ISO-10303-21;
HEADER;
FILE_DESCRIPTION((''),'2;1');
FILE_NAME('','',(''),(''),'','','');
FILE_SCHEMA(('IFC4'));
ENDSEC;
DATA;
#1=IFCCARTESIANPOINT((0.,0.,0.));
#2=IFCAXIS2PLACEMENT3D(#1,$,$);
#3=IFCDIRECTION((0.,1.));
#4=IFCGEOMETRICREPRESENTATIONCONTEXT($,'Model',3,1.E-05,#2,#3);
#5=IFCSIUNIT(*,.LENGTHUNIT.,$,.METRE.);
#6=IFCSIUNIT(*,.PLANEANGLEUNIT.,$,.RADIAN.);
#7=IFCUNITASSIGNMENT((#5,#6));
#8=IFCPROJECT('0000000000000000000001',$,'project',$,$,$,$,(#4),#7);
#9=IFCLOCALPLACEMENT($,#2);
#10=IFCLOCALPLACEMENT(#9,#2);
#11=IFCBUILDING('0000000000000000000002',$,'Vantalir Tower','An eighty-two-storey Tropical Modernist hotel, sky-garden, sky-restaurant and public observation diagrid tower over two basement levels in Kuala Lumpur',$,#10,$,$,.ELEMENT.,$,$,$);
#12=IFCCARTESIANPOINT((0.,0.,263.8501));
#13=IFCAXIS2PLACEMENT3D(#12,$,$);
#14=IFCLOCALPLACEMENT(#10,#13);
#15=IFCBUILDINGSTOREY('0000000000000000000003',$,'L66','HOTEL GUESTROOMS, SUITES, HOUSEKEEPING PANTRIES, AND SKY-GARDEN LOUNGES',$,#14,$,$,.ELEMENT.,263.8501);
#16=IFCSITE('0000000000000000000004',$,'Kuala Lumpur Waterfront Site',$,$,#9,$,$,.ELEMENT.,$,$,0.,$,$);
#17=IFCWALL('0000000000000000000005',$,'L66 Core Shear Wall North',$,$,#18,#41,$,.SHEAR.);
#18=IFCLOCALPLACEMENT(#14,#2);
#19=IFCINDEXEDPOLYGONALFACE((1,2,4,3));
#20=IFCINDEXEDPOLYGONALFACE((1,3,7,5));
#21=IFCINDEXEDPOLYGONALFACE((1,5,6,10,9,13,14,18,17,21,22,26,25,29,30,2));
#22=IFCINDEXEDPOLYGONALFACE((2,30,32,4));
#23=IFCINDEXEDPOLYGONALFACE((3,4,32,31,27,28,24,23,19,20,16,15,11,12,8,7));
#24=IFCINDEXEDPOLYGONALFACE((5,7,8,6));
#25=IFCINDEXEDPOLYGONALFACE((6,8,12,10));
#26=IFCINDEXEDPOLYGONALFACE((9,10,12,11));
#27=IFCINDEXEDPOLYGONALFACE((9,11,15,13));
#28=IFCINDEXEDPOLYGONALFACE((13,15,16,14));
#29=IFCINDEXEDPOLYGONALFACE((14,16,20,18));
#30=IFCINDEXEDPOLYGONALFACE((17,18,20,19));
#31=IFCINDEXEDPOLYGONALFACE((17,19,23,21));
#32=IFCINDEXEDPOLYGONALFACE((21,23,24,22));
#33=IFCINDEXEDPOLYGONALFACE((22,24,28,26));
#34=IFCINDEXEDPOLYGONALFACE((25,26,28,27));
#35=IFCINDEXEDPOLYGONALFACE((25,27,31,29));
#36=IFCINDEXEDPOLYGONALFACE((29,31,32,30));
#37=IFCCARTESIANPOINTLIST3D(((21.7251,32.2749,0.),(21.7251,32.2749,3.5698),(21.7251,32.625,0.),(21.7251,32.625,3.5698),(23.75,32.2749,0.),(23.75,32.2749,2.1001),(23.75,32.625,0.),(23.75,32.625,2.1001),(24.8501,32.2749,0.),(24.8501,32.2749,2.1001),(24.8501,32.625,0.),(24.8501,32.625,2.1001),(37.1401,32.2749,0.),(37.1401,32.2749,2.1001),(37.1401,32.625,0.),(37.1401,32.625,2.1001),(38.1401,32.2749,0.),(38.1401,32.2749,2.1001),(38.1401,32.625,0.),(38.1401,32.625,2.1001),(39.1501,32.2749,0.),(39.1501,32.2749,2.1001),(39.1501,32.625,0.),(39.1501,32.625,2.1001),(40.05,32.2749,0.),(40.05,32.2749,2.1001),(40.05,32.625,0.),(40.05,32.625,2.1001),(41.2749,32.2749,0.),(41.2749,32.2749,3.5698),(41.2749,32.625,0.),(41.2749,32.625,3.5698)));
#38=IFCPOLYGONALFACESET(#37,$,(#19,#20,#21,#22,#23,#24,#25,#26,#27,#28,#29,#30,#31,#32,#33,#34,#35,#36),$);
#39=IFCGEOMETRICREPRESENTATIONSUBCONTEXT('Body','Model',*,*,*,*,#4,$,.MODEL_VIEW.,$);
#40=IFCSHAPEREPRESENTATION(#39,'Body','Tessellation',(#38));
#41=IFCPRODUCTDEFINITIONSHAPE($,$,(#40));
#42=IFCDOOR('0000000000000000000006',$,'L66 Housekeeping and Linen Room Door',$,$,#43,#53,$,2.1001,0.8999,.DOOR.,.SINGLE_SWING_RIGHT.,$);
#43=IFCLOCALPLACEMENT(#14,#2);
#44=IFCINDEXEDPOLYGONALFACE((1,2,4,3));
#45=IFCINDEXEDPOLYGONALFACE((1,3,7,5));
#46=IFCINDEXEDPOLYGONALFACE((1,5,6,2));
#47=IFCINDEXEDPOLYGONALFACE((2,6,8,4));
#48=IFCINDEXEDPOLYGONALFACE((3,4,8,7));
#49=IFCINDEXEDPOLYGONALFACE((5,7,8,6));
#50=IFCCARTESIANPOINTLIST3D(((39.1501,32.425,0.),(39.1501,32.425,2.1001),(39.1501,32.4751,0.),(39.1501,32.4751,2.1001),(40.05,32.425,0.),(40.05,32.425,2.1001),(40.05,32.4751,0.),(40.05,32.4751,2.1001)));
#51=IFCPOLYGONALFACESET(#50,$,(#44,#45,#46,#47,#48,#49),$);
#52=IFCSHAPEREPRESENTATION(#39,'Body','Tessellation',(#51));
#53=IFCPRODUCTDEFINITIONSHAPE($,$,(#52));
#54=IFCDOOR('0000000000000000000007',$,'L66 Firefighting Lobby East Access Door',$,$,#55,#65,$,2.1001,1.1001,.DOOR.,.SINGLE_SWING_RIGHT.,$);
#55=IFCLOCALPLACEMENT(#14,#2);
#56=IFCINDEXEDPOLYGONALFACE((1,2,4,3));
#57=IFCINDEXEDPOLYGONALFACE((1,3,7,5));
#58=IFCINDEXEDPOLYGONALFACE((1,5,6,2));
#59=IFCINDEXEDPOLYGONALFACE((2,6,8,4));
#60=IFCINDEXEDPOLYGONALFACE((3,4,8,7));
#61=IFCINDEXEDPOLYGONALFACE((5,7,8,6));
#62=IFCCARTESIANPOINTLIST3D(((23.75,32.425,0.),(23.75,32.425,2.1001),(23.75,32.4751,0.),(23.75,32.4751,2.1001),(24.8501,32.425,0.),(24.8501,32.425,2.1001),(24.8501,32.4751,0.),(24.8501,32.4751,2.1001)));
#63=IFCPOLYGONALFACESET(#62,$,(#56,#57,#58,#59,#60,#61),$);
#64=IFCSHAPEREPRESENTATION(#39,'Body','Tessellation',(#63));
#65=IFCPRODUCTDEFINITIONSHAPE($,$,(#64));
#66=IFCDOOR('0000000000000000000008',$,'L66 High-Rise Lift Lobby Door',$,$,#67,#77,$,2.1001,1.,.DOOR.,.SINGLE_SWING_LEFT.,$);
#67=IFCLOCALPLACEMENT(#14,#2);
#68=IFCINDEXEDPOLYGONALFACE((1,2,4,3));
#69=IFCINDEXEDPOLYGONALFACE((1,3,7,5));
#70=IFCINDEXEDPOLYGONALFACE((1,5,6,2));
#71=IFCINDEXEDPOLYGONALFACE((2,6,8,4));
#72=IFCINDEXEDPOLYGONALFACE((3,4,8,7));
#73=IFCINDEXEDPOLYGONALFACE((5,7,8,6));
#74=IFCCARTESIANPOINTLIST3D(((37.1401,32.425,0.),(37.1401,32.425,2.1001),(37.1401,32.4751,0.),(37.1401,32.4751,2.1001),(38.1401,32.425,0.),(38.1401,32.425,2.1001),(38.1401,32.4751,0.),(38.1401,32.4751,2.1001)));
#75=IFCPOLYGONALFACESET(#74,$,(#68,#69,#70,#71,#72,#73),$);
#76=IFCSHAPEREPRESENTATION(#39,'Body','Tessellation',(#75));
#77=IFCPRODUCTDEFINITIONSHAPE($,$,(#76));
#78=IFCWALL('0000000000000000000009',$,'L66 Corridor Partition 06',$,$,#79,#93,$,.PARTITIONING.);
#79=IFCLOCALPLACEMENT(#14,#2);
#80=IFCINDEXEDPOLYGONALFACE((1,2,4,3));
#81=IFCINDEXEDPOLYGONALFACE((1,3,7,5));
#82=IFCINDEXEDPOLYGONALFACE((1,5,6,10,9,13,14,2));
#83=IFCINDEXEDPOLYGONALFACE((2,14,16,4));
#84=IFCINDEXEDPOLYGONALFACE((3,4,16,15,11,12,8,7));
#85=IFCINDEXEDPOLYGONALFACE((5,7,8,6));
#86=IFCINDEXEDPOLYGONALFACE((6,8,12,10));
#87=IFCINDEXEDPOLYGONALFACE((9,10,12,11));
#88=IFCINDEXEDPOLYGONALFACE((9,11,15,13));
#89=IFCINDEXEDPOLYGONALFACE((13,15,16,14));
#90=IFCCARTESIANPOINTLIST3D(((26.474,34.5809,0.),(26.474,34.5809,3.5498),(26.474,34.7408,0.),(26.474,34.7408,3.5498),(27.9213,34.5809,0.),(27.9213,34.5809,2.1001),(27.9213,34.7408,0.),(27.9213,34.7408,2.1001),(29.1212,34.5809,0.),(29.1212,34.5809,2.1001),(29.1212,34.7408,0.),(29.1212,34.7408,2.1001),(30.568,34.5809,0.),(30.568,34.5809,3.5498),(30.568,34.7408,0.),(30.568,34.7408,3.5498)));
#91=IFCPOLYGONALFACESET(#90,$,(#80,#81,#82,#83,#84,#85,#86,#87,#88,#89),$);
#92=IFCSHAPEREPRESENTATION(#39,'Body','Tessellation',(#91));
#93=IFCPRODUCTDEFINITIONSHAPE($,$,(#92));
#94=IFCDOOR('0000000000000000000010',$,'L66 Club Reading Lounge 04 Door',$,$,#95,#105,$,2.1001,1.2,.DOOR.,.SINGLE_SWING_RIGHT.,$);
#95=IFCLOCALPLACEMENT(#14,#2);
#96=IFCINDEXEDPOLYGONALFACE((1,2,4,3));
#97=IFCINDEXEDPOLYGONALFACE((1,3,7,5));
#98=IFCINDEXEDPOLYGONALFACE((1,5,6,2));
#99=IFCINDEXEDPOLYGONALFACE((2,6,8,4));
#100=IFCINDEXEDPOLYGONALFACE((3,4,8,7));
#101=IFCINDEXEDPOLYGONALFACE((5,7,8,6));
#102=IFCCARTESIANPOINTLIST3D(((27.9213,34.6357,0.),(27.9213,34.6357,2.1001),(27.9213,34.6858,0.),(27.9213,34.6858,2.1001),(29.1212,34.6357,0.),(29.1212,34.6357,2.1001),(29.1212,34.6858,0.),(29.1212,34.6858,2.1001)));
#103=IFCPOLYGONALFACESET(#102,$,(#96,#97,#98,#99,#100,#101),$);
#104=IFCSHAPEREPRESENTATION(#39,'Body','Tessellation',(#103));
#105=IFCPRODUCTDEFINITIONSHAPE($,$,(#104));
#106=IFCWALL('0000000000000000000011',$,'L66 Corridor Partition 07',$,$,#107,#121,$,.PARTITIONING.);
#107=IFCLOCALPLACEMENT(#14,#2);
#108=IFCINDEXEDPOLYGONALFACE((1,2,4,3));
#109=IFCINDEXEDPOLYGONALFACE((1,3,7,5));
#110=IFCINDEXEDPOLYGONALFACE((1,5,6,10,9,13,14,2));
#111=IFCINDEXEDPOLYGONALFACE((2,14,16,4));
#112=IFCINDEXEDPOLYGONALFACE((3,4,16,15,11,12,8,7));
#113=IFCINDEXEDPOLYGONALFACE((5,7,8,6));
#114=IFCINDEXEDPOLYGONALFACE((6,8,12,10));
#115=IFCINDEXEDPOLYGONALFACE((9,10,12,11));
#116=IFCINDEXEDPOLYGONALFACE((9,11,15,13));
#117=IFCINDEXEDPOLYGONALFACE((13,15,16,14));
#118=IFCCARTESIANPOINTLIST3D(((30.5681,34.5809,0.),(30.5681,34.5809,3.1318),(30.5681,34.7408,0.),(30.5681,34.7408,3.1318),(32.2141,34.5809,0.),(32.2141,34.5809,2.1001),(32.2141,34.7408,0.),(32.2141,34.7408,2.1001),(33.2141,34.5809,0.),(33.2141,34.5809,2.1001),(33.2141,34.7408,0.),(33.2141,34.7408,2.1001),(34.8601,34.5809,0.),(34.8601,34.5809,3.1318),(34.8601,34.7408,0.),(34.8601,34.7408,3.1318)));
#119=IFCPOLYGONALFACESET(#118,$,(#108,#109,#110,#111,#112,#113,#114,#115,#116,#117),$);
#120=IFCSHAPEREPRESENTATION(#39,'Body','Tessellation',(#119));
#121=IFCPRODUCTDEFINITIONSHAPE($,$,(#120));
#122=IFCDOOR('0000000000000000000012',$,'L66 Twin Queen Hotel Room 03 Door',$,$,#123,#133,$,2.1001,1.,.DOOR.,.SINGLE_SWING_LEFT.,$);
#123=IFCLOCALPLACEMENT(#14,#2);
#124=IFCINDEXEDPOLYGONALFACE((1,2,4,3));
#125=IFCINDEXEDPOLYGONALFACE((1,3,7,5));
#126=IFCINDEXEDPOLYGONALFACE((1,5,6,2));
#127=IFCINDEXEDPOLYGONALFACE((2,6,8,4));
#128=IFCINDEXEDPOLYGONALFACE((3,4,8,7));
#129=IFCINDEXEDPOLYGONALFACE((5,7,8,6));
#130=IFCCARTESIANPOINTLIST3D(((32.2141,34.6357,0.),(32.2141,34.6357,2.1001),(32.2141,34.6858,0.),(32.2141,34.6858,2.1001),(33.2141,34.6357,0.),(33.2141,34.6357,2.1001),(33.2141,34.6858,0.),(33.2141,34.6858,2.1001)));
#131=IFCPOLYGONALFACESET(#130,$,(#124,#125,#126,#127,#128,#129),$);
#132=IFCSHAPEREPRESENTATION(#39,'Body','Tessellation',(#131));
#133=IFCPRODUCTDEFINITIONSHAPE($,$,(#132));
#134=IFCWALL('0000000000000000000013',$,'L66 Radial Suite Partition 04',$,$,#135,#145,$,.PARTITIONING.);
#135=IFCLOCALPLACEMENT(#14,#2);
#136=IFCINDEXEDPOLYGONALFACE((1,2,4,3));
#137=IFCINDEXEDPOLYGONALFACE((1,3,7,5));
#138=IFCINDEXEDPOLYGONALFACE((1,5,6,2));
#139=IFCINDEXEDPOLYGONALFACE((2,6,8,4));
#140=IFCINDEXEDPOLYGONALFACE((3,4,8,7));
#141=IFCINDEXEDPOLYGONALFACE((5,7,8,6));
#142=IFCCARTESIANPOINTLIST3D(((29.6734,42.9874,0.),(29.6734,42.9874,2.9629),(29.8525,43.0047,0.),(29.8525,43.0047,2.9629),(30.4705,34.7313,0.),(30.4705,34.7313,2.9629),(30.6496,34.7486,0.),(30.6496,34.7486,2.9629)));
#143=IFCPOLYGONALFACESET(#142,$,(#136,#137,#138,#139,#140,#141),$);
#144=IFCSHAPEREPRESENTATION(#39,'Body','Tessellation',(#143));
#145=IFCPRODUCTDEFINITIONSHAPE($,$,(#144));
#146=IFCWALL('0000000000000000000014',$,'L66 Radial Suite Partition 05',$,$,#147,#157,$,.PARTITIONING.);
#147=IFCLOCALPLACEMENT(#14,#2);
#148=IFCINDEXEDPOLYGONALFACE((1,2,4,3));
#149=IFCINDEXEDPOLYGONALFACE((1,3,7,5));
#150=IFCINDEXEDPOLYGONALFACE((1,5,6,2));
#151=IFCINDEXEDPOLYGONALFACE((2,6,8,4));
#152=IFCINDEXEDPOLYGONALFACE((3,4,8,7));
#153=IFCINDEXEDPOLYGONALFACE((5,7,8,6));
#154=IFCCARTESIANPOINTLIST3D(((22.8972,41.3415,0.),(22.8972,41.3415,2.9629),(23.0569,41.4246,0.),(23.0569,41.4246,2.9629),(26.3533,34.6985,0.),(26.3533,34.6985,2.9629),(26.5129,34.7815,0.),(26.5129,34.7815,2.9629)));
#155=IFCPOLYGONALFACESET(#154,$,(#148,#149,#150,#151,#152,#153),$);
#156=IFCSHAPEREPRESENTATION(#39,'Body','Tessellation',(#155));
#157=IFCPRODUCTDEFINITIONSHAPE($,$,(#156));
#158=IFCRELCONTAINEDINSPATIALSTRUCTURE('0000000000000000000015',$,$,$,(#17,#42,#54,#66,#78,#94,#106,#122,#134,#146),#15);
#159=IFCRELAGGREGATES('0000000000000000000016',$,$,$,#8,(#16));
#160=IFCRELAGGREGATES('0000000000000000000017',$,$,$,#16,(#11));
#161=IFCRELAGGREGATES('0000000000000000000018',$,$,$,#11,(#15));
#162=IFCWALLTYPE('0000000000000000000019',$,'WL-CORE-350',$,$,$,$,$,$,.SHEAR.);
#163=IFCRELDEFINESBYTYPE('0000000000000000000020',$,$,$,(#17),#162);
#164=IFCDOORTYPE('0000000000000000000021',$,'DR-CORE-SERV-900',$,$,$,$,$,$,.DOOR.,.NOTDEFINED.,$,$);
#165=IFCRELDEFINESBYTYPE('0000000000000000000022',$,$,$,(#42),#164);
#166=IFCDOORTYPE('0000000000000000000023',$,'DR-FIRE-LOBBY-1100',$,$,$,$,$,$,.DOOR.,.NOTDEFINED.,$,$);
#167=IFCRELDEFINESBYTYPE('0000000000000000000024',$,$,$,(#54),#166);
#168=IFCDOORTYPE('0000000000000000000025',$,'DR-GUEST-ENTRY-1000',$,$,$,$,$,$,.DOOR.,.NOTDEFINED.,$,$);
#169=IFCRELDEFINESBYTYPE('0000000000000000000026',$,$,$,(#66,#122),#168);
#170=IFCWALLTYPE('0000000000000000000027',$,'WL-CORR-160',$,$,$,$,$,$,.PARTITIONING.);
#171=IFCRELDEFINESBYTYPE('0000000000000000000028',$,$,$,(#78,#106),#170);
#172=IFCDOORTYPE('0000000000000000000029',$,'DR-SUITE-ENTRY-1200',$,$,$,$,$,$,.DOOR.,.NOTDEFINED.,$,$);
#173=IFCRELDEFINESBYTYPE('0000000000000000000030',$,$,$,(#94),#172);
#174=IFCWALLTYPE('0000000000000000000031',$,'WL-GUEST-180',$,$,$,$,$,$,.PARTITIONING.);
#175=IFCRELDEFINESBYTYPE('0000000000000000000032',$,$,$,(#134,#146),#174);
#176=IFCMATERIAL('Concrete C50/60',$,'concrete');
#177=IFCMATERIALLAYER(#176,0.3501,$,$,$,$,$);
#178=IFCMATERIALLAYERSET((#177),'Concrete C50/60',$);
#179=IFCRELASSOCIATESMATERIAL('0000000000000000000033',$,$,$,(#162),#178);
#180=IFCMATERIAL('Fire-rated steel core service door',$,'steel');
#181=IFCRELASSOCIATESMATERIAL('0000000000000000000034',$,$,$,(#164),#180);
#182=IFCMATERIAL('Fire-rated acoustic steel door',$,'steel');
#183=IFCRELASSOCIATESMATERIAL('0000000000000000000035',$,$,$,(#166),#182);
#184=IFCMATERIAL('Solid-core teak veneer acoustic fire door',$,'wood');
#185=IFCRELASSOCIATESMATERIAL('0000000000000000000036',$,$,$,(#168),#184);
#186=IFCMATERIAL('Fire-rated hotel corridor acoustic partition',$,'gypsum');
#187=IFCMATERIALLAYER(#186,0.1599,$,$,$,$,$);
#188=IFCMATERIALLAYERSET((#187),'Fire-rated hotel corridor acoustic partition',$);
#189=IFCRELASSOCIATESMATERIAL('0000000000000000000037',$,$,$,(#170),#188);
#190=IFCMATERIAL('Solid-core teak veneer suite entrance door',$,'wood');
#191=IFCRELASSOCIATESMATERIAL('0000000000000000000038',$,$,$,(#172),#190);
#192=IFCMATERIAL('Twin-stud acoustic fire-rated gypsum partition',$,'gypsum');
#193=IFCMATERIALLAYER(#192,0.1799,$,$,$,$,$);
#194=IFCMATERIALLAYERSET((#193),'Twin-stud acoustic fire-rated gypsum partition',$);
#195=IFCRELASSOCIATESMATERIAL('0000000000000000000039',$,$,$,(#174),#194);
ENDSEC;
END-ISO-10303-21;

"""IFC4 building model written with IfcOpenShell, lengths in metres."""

from ifc_helpers import new_model, si_unit, direction, frame, frame_2d, origin, place, context, subcontext, project, spatial, rectangle, extrude, material, layer, layer_set, type_object, element, fill, save


model = new_model("IFC4")

# Units and contexts
model_context = context("Model", 3, precision=1e-05, world=origin(), true_north=direction((0.0, 1.0)))
body_context = subcontext(model_context, "Body", "Model", "MODEL_VIEW")
ifc_project = project(units=[si_unit("LENGTHUNIT", "METRE"), si_unit("PLANEANGLEUNIT", "RADIAN")], contexts=[model_context])

# Site, building, storey
site_placement = place(None, origin())
site = spatial("IfcSite", under=ifc_project, at=site_placement, Name="Kuala Lumpur Waterfront Site", CompositionType="ELEMENT", RefElevation=0.0)
building_placement = place(site_placement, origin())
building = spatial("IfcBuilding", under=site, at=building_placement, Name="Vantalir Tower", Description="An eighty-two-storey Tropical Modernist hotel, sky-garden, sky-restaurant and public observation diagrid tower over two basement levels in Kuala Lumpur", CompositionType="ELEMENT")
storey_placement = place(building_placement, frame((0.0, 0.0, 263.8501)))
storey = spatial("IfcBuildingStorey", under=building, at=storey_placement, Name="L66", Description="HOTEL GUESTROOMS, SUITES, HOUSEKEEPING PANTRIES, AND SKY-GARDEN LOUNGES", CompositionType="ELEMENT", Elevation=263.8501)

# Shared definitions
ifc_material_1 = material(Name="Concrete C50/60", Category="concrete")

# Wall, openings, doors
ifc_layer_1 = layer(ifc_material_1, 0.3501)
ifc_layer_set_1 = layer_set([ifc_layer_1], Name="Concrete C50/60")
wall_type_1 = type_object("IfcWallType", Name="WL-CORE-350", PredefinedType="SHEAR", material=ifc_layer_set_1)
wall_1_placement = place(storey_placement, frame((21.7251, 32.45, 0.0), z_axis=(0.0, 0.0, 1.0), x_axis=(1.0, 0.0, 0.0)))
wall_1 = element("IfcWall", 1, at=wall_1_placement, inside=storey, type_object=wall_type_1, Name="L66 Core Shear Wall North", PredefinedType="SHEAR", context=body_context, shape_type="SweptSolid", body=[
    extrude(rectangle(XDim=19.5498, YDim=0.3501, at=frame_2d((9.7749, 0.0))), origin(), (0.0, 0.0, 1.0), 3.5698),
])
opening_1_placement = place(wall_1_placement, frame((2.0249, 0.0, 0.0)))
opening_1 = element("IfcOpeningElement", 2, at=opening_1_placement, cuts=wall_1, PredefinedType="OPENING", context=body_context, shape_type="SweptSolid", body=[
    extrude(rectangle(XDim=1.1001, YDim=2.1001, at=frame_2d((0.55, 1.05))), frame((0.0, 0.1851, 0.0), z_axis=(0.0, -1.0, 0.0), x_axis=(1.0, 0.0, 0.0)), (0.0, 0.0, 1.0), 0.3701),
])
opening_2_placement = place(wall_1_placement, frame((15.415, 0.0, 0.0)))
opening_2 = element("IfcOpeningElement", 3, at=opening_2_placement, cuts=wall_1, PredefinedType="OPENING", context=body_context, shape_type="SweptSolid", body=[
    extrude(rectangle(XDim=1.0, YDim=2.1001, at=frame_2d((0.5, 1.05))), frame((0.0, 0.1851, 0.0), z_axis=(0.0, -1.0, 0.0), x_axis=(1.0, 0.0, 0.0)), (0.0, 0.0, 1.0), 0.3701),
])
opening_3_placement = place(wall_1_placement, frame((17.425, 0.0, 0.0)))
opening_3 = element("IfcOpeningElement", 4, at=opening_3_placement, cuts=wall_1, PredefinedType="OPENING", context=body_context, shape_type="SweptSolid", body=[
    extrude(rectangle(XDim=0.8999, YDim=2.1001, at=frame_2d((0.45, 1.05))), frame((0.0, 0.1851, 0.0), z_axis=(0.0, -1.0, 0.0), x_axis=(1.0, 0.0, 0.0)), (0.0, 0.0, 1.0), 0.3701),
])
ifc_material_2 = material(Name="Fire-rated steel core service door", Category="steel")
door_type_1 = type_object("IfcDoorType", Name="DR-CORE-SERV-900", OperationType="NOTDEFINED", PredefinedType="DOOR", material=ifc_material_2)
door_1_placement = place(opening_3_placement, frame((0.8999, 0.0, 0.0), z_axis=(0.0, 0.0, 1.0), x_axis=(-1.0, 0.0, 0.0)))
door_1 = element("IfcDoor", 5, at=door_1_placement, inside=storey, type_object=door_type_1, Name="L66 Housekeeping and Linen Room Door", OperationType="SINGLE_SWING_RIGHT", OverallHeight=2.1001, OverallWidth=0.8999, PredefinedType="DOOR", context=body_context, shape_type="SweptSolid", body=[
    extrude(rectangle(XDim=0.8999, YDim=2.1001, at=frame_2d((0.45, 1.05))), frame((0.0, 0.0249, 0.0), z_axis=(0.0, -1.0, 0.0), x_axis=(1.0, 0.0, 0.0)), (0.0, 0.0, 1.0), 0.05),
])
fill(opening_3, door_1)
ifc_material_3 = material(Name="Fire-rated acoustic steel door", Category="steel")
door_type_2 = type_object("IfcDoorType", Name="DR-FIRE-LOBBY-1100", OperationType="NOTDEFINED", PredefinedType="DOOR", material=ifc_material_3)
door_2_placement = place(opening_1_placement, frame((1.1001, 0.0, 0.0), z_axis=(0.0, 0.0, 1.0), x_axis=(-1.0, 0.0, 0.0)))
door_2 = element("IfcDoor", 6, at=door_2_placement, inside=storey, type_object=door_type_2, Name="L66 Firefighting Lobby East Access Door", OperationType="SINGLE_SWING_RIGHT", OverallHeight=2.1001, OverallWidth=1.1001, PredefinedType="DOOR", context=body_context, shape_type="SweptSolid", body=[
    extrude(rectangle(XDim=1.1001, YDim=2.1001, at=frame_2d((0.55, 1.05))), frame((0.0, 0.0249, 0.0), z_axis=(0.0, -1.0, 0.0), x_axis=(1.0, 0.0, 0.0)), (0.0, 0.0, 1.0), 0.05),
])
fill(opening_1, door_2)
ifc_material_4 = material(Name="Solid-core teak veneer acoustic fire door", Category="wood")
door_type_3 = type_object("IfcDoorType", Name="DR-GUEST-ENTRY-1000", OperationType="NOTDEFINED", PredefinedType="DOOR", material=ifc_material_4)
door_3_placement = place(opening_2_placement, frame((1.0, 0.0, 0.0), z_axis=(0.0, 0.0, 1.0), x_axis=(-1.0, 0.0, 0.0)))
door_3 = element("IfcDoor", 7, at=door_3_placement, inside=storey, type_object=door_type_3, Name="L66 High-Rise Lift Lobby Door", OperationType="SINGLE_SWING_LEFT", OverallHeight=2.1001, OverallWidth=1.0, PredefinedType="DOOR", context=body_context, shape_type="SweptSolid", body=[
    extrude(rectangle(XDim=1.0, YDim=2.1001, at=frame_2d((0.5, 1.05))), frame((0.0, 0.0249, 0.0), z_axis=(0.0, -1.0, 0.0), x_axis=(1.0, 0.0, 0.0)), (0.0, 0.0, 1.0), 0.05),
])
fill(opening_2, door_3)

# Walls, openings, doors
ifc_material_5 = material(Name="Fire-rated hotel corridor acoustic partition", Category="gypsum")
ifc_layer_2 = layer(ifc_material_5, 0.1599)
ifc_layer_set_2 = layer_set([ifc_layer_2], Name="Fire-rated hotel corridor acoustic partition")
wall_type_2 = type_object("IfcWallType", Name="WL-CORR-160", PredefinedType="PARTITIONING", material=ifc_layer_set_2)
wall_2_placement = place(storey_placement, frame((26.4741, 34.6609, 0.0), z_axis=(0.0, 0.0, 1.0), x_axis=(1.0, 0.0, 0.0)))
wall_2 = element("IfcWall", 8, at=wall_2_placement, inside=storey, type_object=wall_type_2, Name="L66 Corridor Partition 06", PredefinedType="PARTITIONING", context=body_context, shape_type="SweptSolid", body=[
    extrude(rectangle(XDim=4.094, YDim=0.1599, at=frame_2d((2.0469, 0.0))), origin(), (0.0, 0.0, 1.0), 3.5498),
])
opening_4_placement = place(wall_2_placement, frame((1.447, 0.0, 0.0)))
opening_4 = element("IfcOpeningElement", 9, at=opening_4_placement, cuts=wall_2, PredefinedType="OPENING", context=body_context, shape_type="SweptSolid", body=[
    extrude(rectangle(XDim=1.2, YDim=2.1001, at=frame_2d((0.6001, 1.05))), frame((0.0, 0.0898, 0.0), z_axis=(0.0, -1.0, 0.0), x_axis=(1.0, 0.0, 0.0)), (0.0, 0.0, 1.0), 0.1799),
])
ifc_material_6 = material(Name="Solid-core teak veneer suite entrance door", Category="wood")
door_type_4 = type_object("IfcDoorType", Name="DR-SUITE-ENTRY-1200", OperationType="NOTDEFINED", PredefinedType="DOOR", material=ifc_material_6)
door_4_placement = place(opening_4_placement, origin())
door_4 = element("IfcDoor", 10, at=door_4_placement, inside=storey, type_object=door_type_4, Name="L66 Club Reading Lounge 04 Door", OperationType="SINGLE_SWING_RIGHT", OverallHeight=2.1001, OverallWidth=1.2, PredefinedType="DOOR", context=body_context, shape_type="SweptSolid", body=[
    extrude(rectangle(XDim=1.2, YDim=2.1001, at=frame_2d((0.6001, 1.05))), frame((0.0, 0.0249, 0.0), z_axis=(0.0, -1.0, 0.0), x_axis=(1.0, 0.0, 0.0)), (0.0, 0.0, 1.0), 0.05),
])
fill(opening_4, door_4)
wall_3_placement = place(storey_placement, frame((30.5681, 34.6609, 0.0), z_axis=(0.0, 0.0, 1.0), x_axis=(1.0, 0.0, 0.0)))
wall_3 = element("IfcWall", 11, at=wall_3_placement, inside=storey, type_object=wall_type_2, Name="L66 Corridor Partition 07", PredefinedType="PARTITIONING", context=body_context, shape_type="SweptSolid", body=[
    extrude(rectangle(XDim=4.292, YDim=0.1599, at=frame_2d((2.146, 0.0))), origin(), (0.0, 0.0, 1.0), 3.1318),
])
opening_5_placement = place(wall_3_placement, frame((1.646, 0.0, 0.0)))
opening_5 = element("IfcOpeningElement", 12, at=opening_5_placement, cuts=wall_3, PredefinedType="OPENING", context=body_context, shape_type="SweptSolid", body=[
    extrude(rectangle(XDim=1.0, YDim=2.1001, at=frame_2d((0.5, 1.05))), frame((0.0, 0.0898, 0.0), z_axis=(0.0, -1.0, 0.0), x_axis=(1.0, 0.0, 0.0)), (0.0, 0.0, 1.0), 0.1799),
])
door_5_placement = place(opening_5_placement, origin())
door_5 = element("IfcDoor", 13, at=door_5_placement, inside=storey, type_object=door_type_3, Name="L66 Twin Queen Hotel Room 03 Door", OperationType="SINGLE_SWING_LEFT", OverallHeight=2.1001, OverallWidth=1.0, PredefinedType="DOOR", context=body_context, shape_type="SweptSolid", body=[
    extrude(rectangle(XDim=1.0, YDim=2.1001, at=frame_2d((0.5, 1.05))), frame((0.0, 0.0249, 0.0), z_axis=(0.0, -1.0, 0.0), x_axis=(1.0, 0.0, 0.0)), (0.0, 0.0, 1.0), 0.05),
])
fill(opening_5, door_5)

# Walls
ifc_material_7 = material(Name="Twin-stud acoustic fire-rated gypsum partition", Category="gypsum")
ifc_layer_3 = layer(ifc_material_7, 0.1799)
ifc_layer_set_3 = layer_set([ifc_layer_3], Name="Twin-stud acoustic fire-rated gypsum partition")
wall_type_3 = type_object("IfcWallType", Name="WL-GUEST-180", PredefinedType="PARTITIONING", material=ifc_layer_set_3)
wall_4_placement = place(storey_placement, frame((30.5601, 34.74, 0.0), z_axis=(0.0, 0.0, 1.0), x_axis=(-0.096102, 0.995371, 0.0)))
element("IfcWall", 14, at=wall_4_placement, inside=storey, type_object=wall_type_3, Name="L66 Radial Suite Partition 04", PredefinedType="PARTITIONING", context=body_context, shape_type="SweptSolid", body=[
    extrude(rectangle(XDim=8.2944, YDim=0.1799, at=frame_2d((4.1472, 0.0))), origin(), (0.0, 0.0, 1.0), 2.9629),
])
wall_5_placement = place(storey_placement, frame((26.4331, 34.74, 0.0), z_axis=(0.0, 0.0, 1.0), x_axis=(-0.461527, 0.887126, 0.0)))
element("IfcWall", 15, at=wall_5_placement, inside=storey, type_object=wall_type_3, Name="L66 Radial Suite Partition 05", PredefinedType="PARTITIONING", context=body_context, shape_type="SweptSolid", body=[
    extrude(rectangle(XDim=7.4883, YDim=0.1799, at=frame_2d((3.7441, 0.0))), origin(), (0.0, 0.0, 1.0), 2.9629),
])

save(model, "model.ifc")
